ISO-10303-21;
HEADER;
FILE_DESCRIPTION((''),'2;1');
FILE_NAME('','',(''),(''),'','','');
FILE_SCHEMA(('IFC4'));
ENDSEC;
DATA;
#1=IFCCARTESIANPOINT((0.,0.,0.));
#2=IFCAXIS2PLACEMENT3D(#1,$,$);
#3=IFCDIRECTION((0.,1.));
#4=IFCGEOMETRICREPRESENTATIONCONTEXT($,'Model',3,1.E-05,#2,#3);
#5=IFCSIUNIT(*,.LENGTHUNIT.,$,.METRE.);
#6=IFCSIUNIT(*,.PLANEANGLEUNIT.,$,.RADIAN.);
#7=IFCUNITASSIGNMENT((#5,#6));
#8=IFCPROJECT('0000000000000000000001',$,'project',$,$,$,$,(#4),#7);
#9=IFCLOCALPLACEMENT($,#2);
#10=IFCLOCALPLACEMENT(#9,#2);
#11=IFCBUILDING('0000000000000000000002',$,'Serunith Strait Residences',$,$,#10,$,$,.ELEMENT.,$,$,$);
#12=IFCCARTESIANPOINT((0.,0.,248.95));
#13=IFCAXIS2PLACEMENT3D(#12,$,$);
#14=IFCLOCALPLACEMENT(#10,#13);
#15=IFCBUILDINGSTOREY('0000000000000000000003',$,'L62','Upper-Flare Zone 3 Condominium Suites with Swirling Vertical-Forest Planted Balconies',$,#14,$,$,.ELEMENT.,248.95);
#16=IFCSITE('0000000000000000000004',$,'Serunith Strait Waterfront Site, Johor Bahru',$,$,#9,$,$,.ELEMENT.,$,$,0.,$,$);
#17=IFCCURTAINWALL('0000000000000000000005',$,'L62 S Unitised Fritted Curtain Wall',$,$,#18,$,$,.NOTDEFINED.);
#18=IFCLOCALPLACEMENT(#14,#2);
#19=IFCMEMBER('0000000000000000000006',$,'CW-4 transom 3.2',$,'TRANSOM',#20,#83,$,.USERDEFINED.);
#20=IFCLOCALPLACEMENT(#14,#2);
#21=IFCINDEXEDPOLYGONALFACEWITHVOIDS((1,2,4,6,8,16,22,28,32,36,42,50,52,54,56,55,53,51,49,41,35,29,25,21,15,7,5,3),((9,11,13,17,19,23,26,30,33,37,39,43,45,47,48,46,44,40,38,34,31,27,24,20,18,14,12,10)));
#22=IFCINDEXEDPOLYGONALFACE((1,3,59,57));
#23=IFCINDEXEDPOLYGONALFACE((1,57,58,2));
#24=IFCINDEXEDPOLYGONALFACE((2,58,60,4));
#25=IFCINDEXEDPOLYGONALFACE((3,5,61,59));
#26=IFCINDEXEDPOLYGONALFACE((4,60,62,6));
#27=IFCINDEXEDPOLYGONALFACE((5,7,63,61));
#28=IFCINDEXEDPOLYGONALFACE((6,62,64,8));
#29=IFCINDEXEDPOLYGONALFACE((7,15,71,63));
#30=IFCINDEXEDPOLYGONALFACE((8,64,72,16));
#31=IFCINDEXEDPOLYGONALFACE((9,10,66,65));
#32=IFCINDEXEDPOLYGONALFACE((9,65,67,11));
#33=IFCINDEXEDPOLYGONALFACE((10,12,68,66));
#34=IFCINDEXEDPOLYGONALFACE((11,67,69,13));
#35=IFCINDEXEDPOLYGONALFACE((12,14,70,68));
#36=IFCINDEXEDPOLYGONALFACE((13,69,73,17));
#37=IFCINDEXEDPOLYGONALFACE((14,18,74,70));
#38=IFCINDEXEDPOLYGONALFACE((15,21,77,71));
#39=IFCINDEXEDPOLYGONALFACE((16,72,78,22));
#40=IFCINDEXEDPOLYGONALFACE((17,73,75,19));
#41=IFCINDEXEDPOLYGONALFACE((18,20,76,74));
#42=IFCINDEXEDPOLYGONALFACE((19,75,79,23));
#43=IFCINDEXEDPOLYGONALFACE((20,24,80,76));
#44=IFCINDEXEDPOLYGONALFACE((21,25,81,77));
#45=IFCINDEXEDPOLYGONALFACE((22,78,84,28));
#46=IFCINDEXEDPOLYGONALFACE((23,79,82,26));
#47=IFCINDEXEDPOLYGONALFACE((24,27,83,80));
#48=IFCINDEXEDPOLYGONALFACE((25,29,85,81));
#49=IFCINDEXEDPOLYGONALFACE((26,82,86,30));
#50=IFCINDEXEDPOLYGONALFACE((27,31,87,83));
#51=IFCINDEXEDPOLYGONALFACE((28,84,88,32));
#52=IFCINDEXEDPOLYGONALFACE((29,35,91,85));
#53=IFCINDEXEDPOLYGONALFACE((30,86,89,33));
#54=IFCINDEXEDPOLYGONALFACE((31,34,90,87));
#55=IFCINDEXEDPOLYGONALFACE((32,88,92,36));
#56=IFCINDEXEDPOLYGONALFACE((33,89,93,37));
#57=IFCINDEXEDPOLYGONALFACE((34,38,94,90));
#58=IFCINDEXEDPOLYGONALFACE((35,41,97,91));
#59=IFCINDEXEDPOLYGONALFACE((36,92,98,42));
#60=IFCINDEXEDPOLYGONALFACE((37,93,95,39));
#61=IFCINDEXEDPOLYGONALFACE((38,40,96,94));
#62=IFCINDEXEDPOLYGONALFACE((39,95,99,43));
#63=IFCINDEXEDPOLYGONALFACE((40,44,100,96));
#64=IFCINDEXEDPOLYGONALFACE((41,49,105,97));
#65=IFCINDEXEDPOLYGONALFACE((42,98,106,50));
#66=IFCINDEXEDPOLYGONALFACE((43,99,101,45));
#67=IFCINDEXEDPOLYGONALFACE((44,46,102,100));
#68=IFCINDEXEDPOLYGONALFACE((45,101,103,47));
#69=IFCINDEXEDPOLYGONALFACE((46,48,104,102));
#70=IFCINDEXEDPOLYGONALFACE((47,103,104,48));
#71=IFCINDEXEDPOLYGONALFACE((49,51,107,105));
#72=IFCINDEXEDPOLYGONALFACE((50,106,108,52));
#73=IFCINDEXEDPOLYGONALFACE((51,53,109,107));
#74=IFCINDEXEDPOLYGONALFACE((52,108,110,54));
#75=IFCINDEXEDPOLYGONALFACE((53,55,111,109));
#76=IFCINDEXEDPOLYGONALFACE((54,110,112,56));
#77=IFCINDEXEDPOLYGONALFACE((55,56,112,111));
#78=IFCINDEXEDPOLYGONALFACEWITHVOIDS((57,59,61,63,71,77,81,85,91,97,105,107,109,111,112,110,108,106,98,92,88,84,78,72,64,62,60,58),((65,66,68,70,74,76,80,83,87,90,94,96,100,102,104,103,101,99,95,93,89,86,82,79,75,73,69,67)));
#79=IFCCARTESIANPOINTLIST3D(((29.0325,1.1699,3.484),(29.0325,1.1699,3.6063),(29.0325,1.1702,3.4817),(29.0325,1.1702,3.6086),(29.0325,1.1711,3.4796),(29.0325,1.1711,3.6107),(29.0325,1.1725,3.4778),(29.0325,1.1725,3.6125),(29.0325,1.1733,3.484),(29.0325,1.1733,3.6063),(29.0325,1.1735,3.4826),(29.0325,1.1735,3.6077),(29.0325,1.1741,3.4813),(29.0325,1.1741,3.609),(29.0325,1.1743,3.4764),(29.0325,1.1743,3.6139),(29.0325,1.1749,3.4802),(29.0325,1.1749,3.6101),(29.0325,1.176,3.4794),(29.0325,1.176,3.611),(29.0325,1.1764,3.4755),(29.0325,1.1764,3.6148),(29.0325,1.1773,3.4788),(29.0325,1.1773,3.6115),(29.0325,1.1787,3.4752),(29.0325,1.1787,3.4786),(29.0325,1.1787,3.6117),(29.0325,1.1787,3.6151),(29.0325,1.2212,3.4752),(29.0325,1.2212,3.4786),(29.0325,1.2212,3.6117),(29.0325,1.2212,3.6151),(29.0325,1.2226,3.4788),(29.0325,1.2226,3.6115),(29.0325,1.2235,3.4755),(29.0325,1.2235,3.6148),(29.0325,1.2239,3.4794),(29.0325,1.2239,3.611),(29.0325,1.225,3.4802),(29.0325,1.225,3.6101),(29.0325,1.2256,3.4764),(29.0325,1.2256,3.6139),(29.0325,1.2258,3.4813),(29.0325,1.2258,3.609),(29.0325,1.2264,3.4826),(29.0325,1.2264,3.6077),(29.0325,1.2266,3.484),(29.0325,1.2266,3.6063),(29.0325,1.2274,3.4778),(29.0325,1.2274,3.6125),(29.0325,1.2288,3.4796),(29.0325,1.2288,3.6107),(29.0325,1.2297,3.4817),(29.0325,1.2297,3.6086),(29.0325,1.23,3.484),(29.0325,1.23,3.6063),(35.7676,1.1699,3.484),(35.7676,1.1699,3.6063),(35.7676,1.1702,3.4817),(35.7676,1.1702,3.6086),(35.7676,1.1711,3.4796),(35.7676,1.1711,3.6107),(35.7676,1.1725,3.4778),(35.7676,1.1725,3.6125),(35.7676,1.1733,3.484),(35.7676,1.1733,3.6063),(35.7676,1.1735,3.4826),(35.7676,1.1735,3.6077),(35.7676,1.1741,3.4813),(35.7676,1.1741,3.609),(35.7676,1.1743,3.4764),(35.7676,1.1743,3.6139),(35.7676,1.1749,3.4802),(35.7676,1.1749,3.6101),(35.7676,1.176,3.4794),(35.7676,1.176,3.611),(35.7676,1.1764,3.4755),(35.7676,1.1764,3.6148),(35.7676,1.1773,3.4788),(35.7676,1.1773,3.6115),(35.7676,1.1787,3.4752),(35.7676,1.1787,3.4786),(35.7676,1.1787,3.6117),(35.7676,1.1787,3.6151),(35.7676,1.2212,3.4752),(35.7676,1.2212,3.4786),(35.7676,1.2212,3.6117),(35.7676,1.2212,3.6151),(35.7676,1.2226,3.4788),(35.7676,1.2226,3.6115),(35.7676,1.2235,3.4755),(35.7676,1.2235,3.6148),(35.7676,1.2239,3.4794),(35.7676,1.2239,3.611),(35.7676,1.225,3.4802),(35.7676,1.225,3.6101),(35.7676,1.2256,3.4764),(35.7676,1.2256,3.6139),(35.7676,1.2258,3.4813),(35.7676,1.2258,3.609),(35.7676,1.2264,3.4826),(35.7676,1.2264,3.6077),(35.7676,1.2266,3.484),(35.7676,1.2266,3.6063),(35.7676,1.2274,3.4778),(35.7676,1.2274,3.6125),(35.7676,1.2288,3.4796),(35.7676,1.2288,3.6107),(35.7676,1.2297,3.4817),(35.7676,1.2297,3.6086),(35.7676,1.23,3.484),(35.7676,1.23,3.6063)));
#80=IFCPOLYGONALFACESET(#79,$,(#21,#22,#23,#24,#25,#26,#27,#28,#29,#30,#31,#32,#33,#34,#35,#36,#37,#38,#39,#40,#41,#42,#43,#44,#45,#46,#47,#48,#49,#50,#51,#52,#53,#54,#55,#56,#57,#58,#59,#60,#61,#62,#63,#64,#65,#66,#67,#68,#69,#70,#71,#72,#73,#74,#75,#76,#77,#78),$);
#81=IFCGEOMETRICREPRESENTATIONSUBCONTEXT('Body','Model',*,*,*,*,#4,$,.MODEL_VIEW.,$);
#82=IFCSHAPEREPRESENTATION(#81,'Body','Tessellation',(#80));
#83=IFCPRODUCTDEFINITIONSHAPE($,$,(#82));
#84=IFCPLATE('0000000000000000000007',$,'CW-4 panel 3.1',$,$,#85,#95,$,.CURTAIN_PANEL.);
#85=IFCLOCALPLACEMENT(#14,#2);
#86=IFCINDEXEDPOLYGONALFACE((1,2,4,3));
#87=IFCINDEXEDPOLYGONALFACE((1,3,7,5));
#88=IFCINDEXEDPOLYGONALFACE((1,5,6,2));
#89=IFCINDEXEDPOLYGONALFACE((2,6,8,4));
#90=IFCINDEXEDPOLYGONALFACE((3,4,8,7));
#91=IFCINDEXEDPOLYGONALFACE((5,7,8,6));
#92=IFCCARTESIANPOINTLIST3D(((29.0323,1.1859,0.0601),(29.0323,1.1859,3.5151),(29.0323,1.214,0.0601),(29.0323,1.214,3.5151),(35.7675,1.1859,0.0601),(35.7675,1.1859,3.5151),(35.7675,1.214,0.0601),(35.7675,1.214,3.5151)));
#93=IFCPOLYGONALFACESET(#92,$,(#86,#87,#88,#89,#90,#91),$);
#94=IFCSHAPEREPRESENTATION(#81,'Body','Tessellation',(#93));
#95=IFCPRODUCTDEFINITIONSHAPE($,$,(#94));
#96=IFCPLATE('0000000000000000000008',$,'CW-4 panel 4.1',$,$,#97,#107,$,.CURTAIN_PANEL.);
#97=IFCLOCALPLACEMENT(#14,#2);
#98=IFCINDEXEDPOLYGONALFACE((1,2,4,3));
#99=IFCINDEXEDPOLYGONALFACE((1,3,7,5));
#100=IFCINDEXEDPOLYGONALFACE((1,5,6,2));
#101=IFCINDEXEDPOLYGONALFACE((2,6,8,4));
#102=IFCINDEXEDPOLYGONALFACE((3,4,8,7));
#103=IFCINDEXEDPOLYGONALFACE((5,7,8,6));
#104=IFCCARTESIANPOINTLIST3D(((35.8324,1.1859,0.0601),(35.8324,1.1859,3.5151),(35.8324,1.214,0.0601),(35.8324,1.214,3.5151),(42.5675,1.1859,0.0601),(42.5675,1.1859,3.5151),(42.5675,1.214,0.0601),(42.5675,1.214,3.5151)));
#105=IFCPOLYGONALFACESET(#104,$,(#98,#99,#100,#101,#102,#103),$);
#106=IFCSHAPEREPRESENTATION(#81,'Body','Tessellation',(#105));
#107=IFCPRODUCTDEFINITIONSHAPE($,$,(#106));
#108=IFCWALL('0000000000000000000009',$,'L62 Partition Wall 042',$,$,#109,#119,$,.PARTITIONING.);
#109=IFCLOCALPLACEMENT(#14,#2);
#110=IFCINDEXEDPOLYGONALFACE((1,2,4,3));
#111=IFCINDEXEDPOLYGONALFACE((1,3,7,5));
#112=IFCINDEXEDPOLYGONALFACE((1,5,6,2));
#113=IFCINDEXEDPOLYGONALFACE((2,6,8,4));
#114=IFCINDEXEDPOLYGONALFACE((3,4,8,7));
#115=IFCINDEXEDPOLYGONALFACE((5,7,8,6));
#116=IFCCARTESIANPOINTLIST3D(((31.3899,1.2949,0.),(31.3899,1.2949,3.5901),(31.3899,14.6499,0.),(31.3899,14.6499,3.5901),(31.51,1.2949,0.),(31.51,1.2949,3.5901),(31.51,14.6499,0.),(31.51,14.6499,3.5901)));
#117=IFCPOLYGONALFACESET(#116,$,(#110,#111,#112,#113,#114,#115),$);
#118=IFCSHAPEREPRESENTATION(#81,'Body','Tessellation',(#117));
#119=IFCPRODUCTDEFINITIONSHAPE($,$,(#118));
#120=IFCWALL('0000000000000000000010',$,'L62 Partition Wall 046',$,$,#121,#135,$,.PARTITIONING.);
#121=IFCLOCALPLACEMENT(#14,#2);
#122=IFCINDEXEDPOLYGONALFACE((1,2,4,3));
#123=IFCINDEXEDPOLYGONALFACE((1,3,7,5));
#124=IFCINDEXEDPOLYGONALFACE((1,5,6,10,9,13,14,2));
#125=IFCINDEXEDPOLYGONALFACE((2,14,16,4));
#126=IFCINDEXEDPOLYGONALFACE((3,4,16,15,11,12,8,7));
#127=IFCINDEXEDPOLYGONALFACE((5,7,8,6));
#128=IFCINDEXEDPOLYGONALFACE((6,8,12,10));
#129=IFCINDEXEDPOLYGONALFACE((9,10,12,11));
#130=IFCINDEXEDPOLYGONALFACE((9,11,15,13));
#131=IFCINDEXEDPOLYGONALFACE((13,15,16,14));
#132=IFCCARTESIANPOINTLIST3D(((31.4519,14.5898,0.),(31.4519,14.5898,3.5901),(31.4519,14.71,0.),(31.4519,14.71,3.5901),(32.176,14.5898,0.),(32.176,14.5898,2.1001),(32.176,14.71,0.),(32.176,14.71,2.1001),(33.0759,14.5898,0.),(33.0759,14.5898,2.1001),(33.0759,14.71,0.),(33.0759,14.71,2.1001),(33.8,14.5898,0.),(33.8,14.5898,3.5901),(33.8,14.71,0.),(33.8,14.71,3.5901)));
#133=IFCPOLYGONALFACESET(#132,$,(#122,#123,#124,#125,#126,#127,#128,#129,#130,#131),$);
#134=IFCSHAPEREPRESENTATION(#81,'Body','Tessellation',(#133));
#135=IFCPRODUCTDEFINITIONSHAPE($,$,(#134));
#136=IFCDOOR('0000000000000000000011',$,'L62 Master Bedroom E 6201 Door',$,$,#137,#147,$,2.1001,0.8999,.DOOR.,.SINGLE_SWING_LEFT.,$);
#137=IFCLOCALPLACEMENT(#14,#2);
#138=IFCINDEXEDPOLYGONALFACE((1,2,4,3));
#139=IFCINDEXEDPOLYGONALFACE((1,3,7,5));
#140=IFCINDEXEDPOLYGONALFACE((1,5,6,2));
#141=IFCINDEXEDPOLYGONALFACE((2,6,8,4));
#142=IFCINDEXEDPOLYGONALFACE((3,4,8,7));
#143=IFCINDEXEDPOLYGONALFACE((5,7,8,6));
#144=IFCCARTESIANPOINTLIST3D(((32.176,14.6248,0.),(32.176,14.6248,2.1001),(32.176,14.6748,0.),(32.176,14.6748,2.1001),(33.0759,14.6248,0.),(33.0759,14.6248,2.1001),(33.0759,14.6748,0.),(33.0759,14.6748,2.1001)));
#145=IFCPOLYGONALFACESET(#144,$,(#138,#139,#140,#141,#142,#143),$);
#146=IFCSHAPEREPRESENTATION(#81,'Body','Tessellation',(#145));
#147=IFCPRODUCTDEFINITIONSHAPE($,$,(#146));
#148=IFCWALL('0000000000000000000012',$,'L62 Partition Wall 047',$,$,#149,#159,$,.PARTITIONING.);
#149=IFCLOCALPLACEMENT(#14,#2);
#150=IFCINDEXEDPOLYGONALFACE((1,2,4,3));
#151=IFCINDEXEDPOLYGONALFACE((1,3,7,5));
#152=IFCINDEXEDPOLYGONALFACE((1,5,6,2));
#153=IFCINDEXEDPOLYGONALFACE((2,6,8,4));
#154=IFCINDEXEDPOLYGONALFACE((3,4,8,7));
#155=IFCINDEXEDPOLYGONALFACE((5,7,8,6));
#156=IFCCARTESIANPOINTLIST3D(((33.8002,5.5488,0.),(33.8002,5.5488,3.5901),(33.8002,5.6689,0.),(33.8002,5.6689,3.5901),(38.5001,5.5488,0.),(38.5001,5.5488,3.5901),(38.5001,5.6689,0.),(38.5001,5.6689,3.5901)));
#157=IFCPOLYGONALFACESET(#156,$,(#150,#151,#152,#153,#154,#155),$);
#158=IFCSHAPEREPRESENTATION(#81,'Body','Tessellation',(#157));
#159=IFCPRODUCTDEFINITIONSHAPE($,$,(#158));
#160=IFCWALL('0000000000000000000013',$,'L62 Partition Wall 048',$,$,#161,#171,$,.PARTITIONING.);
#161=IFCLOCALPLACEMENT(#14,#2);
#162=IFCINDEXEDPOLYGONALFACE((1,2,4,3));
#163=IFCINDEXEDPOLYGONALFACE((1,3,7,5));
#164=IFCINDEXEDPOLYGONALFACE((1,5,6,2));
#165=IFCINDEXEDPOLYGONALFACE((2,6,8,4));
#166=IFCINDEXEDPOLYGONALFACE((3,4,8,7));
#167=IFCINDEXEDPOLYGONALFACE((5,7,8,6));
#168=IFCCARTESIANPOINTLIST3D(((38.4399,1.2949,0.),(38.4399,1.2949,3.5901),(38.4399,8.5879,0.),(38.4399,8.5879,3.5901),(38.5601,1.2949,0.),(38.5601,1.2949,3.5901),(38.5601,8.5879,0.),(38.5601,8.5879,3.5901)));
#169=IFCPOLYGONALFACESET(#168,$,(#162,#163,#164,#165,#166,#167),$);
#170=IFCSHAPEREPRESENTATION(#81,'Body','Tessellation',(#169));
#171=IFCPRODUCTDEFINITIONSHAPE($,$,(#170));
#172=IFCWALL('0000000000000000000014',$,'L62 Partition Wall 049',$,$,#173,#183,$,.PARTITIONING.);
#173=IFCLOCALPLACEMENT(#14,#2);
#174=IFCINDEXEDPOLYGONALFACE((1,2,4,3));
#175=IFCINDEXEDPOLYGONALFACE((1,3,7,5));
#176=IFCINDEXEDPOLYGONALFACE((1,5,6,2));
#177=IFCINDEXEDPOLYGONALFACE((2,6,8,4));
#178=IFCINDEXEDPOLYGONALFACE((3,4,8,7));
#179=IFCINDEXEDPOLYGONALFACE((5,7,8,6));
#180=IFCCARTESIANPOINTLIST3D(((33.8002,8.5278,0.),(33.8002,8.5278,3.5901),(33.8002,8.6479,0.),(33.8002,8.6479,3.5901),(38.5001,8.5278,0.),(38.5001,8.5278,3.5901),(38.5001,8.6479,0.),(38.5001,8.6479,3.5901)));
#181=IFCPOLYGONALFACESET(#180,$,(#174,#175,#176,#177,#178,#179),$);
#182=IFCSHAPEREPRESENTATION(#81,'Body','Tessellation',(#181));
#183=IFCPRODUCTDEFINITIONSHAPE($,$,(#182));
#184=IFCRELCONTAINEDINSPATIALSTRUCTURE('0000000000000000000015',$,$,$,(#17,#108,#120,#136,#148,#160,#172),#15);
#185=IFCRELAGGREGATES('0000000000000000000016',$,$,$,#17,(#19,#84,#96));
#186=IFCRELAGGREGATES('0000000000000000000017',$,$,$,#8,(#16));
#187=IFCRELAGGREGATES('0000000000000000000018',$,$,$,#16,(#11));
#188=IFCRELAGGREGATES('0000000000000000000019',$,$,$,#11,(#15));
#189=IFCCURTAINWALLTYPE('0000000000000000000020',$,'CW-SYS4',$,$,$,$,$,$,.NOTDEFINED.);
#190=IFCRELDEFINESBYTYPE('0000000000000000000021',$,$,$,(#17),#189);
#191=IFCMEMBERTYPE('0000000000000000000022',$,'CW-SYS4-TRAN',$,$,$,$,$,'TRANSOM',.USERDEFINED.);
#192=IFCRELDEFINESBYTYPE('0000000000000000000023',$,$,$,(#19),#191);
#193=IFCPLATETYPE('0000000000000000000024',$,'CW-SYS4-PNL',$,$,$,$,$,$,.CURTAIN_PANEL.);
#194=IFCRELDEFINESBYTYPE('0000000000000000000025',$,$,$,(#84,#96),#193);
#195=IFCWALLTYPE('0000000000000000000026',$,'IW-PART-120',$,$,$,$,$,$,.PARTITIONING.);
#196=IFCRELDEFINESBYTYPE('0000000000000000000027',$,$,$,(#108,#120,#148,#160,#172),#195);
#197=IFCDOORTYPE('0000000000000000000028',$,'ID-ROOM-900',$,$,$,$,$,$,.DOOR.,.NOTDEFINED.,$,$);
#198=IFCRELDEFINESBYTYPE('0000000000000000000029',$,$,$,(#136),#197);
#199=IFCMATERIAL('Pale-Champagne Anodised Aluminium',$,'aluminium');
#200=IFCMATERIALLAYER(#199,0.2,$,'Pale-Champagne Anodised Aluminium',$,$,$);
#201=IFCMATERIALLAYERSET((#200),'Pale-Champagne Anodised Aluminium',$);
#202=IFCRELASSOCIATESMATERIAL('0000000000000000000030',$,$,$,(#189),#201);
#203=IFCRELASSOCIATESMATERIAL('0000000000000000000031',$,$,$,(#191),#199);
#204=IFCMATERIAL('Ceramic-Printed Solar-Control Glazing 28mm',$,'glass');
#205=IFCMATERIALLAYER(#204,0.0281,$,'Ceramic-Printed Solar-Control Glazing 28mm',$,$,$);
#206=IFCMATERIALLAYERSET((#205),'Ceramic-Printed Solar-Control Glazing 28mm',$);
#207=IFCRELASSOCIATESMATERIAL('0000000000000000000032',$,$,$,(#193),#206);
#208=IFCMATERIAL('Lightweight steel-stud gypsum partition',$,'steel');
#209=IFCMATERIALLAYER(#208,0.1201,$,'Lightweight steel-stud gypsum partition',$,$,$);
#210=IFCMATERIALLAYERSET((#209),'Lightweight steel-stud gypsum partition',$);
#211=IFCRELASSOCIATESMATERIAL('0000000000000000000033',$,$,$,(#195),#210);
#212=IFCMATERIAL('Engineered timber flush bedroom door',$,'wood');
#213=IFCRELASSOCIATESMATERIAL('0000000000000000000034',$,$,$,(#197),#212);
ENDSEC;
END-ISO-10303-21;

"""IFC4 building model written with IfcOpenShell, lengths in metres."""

from ifc_helpers import new_model, si_unit, direction, frame, frame_2d, origin, origin_2d, place, context, subcontext, project, spatial, rectangle, hollow_rectangle, extrude, source, transform, mapped, material, layer, layer_set, material_profile, profile_set, type_object, element, fill, aggregate, save


model = new_model("IFC4")

# Units and contexts
model_context = context("Model", 3, precision=1e-05, world=origin(), true_north=direction((0.0, 1.0)))
body_context = subcontext(model_context, "Body", "Model", "MODEL_VIEW")
ifc_project = project(units=[si_unit("LENGTHUNIT", "METRE"), si_unit("PLANEANGLEUNIT", "RADIAN")], contexts=[model_context])

# Site, building, storey
site_placement = place(None, origin())
site = spatial("IfcSite", under=ifc_project, at=site_placement, Name="Serunith Strait Waterfront Site, Johor Bahru", CompositionType="ELEMENT", RefElevation=0.0)
building_placement = place(site_placement, origin())
building = spatial("IfcBuilding", under=site, at=building_placement, Name="Serunith Strait Residences", CompositionType="ELEMENT")
storey_placement = place(building_placement, frame((0.0, 0.0, 248.95)))
storey = spatial("IfcBuildingStorey", under=building, at=storey_placement, Name="L62", Description="Upper-Flare Zone 3 Condominium Suites with Swirling Vertical-Forest Planted Balconies", CompositionType="ELEMENT", Elevation=248.95)

# Curtain wall, member, plates
ifc_material_1 = material(Name="Pale-Champagne Anodised Aluminium", Category="aluminium")
ifc_layer_1 = layer(ifc_material_1, 0.2, Name="Pale-Champagne Anodised Aluminium")
ifc_layer_set_1 = layer_set([ifc_layer_1], Name="Pale-Champagne Anodised Aluminium")
curtain_wall_type = type_object("IfcCurtainWallType", Name="CW-SYS4", PredefinedType="NOTDEFINED", material=ifc_layer_set_1)
curtain_wall_placement = place(storey_placement, origin())
curtain_wall = element("IfcCurtainWall", 1, at=curtain_wall_placement, inside=storey, type_object=curtain_wall_type, Name="L62 S Unitised Fritted Curtain Wall", PredefinedType="NOTDEFINED")
ifc_material_profile_1 = material_profile(ifc_material_1, hollow_rectangle(XDim=0.0601, YDim=0.1399, WallThickness=0.0034, InnerFilletRadius=0.0054, OuterFilletRadius=0.0088, at=origin_2d()), Name="ALU 140x60x3.5")
ifc_profile_set_1 = profile_set([ifc_material_profile_1], Name="Pale-Champagne Anodised Aluminium")
member_type_1 = type_object("IfcMemberType", Name="CW-SYS4-TRAN", ElementType="TRANSOM", PredefinedType="USERDEFINED", material=ifc_profile_set_1)
shared_shape_1 = source(origin(), body_context, "Body", "SweptSolid", [
    extrude(hollow_rectangle(XDim=0.0601, YDim=0.1399, WallThickness=0.0034, InnerFilletRadius=0.0054, OuterFilletRadius=0.0088, at=origin_2d()), origin(), (0.0, 0.0, 1.0), 6.7351),
])
member_1_placement = place(storey_placement, frame((29.0325, 1.2, 3.5452), z_axis=(1.0, 0.0, 0.0), x_axis=(0.0, 1.0, 0.0)))
member_1 = element("IfcMember", 2, at=member_1_placement, type_object=member_type_1, Name="CW-4 transom 3.2", ObjectType="TRANSOM", PredefinedType="USERDEFINED", context=body_context, shape_type="MappedRepresentation", body=[
    mapped(shared_shape_1, transform((0.0, 0.0, 0.0), scale=1.0)),
])
ifc_material_2 = material(Name="Ceramic-Printed Solar-Control Glazing 28mm", Category="glass")
ifc_layer_2 = layer(ifc_material_2, 0.0281, Name="Ceramic-Printed Solar-Control Glazing 28mm")
ifc_layer_set_2 = layer_set([ifc_layer_2], Name="Ceramic-Printed Solar-Control Glazing 28mm")
plate_type = type_object("IfcPlateType", Name="CW-SYS4-PNL", PredefinedType="CURTAIN_PANEL", material=ifc_layer_set_2)
shared_shape_2 = source(origin(), body_context, "Body", "SweptSolid", [
    extrude(rectangle(XDim=6.7351, YDim=0.0281, at=origin_2d()), origin(), (0.0, 0.0, 1.0), 3.4551),
])
plate_1_placement = place(storey_placement, frame((32.3999, 1.2, 0.0601), z_axis=(0.0, 0.0, 1.0), x_axis=(1.0, 0.0, 0.0)))
plate_1 = element("IfcPlate", 3, at=plate_1_placement, type_object=plate_type, Name="CW-4 panel 3.1", PredefinedType="CURTAIN_PANEL", context=body_context, shape_type="MappedRepresentation", body=[
    mapped(shared_shape_2, transform((0.0, 0.0, 0.0), scale=1.0)),
])
plate_2_placement = place(storey_placement, frame((39.2, 1.2, 0.0601), z_axis=(0.0, 0.0, 1.0), x_axis=(1.0, 0.0, 0.0)))
plate_2 = element("IfcPlate", 4, at=plate_2_placement, type_object=plate_type, Name="CW-4 panel 4.1", PredefinedType="CURTAIN_PANEL", context=body_context, shape_type="MappedRepresentation", body=[
    mapped(shared_shape_2, transform((0.0, 0.0, 0.0), scale=1.0)),
])
aggregate(curtain_wall, [member_1, plate_1, plate_2])

# Wall
ifc_material_3 = material(Name="Lightweight steel-stud gypsum partition", Category="steel")
ifc_layer_3 = layer(ifc_material_3, 0.1201, Name="Lightweight steel-stud gypsum partition")
ifc_layer_set_3 = layer_set([ifc_layer_3], Name="Lightweight steel-stud gypsum partition")
wall_type_1 = type_object("IfcWallType", Name="IW-PART-120", PredefinedType="PARTITIONING", material=ifc_layer_set_3)
wall_1_placement = place(storey_placement, frame((31.45, 1.2949, 0.0), z_axis=(0.0, 0.0, 1.0), x_axis=(0.0, 1.0, 0.0)))
element("IfcWall", 5, at=wall_1_placement, inside=storey, type_object=wall_type_1, Name="L62 Partition Wall 042", PredefinedType="PARTITIONING", context=body_context, shape_type="SweptSolid", body=[
    extrude(rectangle(XDim=13.355, YDim=0.1201, at=frame_2d((6.6775, 0.0))), origin(), (0.0, 0.0, 1.0), 3.5901),
])

# Wall, opening, door
wall_2_placement = place(storey_placement, frame((31.4519, 14.6499, 0.0), z_axis=(0.0, 0.0, 1.0), x_axis=(1.0, 0.0, 0.0)))
wall_2 = element("IfcWall", 6, at=wall_2_placement, inside=storey, type_object=wall_type_1, Name="L62 Partition Wall 046", PredefinedType="PARTITIONING", context=body_context, shape_type="SweptSolid", body=[
    extrude(rectangle(XDim=2.3481, YDim=0.1201, at=frame_2d((1.1741, 0.0))), origin(), (0.0, 0.0, 1.0), 3.5901),
])
opening_1_placement = place(wall_2_placement, frame((0.7241, 0.0, 0.0)))
opening_1 = element("IfcOpeningElement", 7, at=opening_1_placement, cuts=wall_2, PredefinedType="OPENING", context=body_context, shape_type="SweptSolid", body=[
    extrude(rectangle(XDim=0.8999, YDim=2.1001, at=frame_2d((0.45, 1.05))), frame((0.0, 0.0701, 0.0), z_axis=(0.0, -1.0, 0.0), x_axis=(1.0, 0.0, 0.0)), (0.0, 0.0, 1.0), 0.1401),
])
ifc_material_4 = material(Name="Engineered timber flush bedroom door", Category="wood")
door_type_1 = type_object("IfcDoorType", Name="ID-ROOM-900", OperationType="NOTDEFINED", PredefinedType="DOOR", material=ifc_material_4)
shared_shape_3 = source(origin(), body_context, "Body", "SweptSolid", [
    extrude(rectangle(XDim=0.8999, YDim=2.1001, at=frame_2d((0.45, 1.05))), frame((0.0, 0.0249, 0.0), z_axis=(0.0, -1.0, 0.0), x_axis=(1.0, 0.0, 0.0)), (0.0, 0.0, 1.0), 0.05),
])
door_1_placement = place(opening_1_placement, origin())
door_1 = element("IfcDoor", 8, at=door_1_placement, inside=storey, type_object=door_type_1, Name="L62 Master Bedroom E 6201 Door", OperationType="SINGLE_SWING_LEFT", OverallHeight=2.1001, OverallWidth=0.8999, PredefinedType="DOOR", context=body_context, shape_type="MappedRepresentation", body=[
    mapped(shared_shape_3, transform((0.0, 0.0, 0.0), scale=1.0)),
])
fill(opening_1, door_1)

# Walls
wall_3_placement = place(storey_placement, frame((33.8, 5.6089, 0.0), z_axis=(0.0, 0.0, 1.0), x_axis=(1.0, 0.0, 0.0)))
element("IfcWall", 9, at=wall_3_placement, inside=storey, type_object=wall_type_1, Name="L62 Partition Wall 047", PredefinedType="PARTITIONING", context=body_context, shape_type="SweptSolid", body=[
    extrude(rectangle(XDim=4.7, YDim=0.1201, at=frame_2d((2.3501, 0.0))), origin(), (0.0, 0.0, 1.0), 3.5901),
])
wall_4_placement = place(storey_placement, frame((38.5, 1.2949, 0.0), z_axis=(0.0, 0.0, 1.0), x_axis=(0.0, 1.0, 0.0)))
element("IfcWall", 10, at=wall_4_placement, inside=storey, type_object=wall_type_1, Name="L62 Partition Wall 048", PredefinedType="PARTITIONING", context=body_context, shape_type="SweptSolid", body=[
    extrude(rectangle(XDim=7.293, YDim=0.1201, at=frame_2d((3.6465, 0.0))), origin(), (0.0, 0.0, 1.0), 3.5901),
])
wall_5_placement = place(storey_placement, frame((33.8, 8.5879, 0.0), z_axis=(0.0, 0.0, 1.0), x_axis=(1.0, 0.0, 0.0)))
element("IfcWall", 11, at=wall_5_placement, inside=storey, type_object=wall_type_1, Name="L62 Partition Wall 049", PredefinedType="PARTITIONING", context=body_context, shape_type="SweptSolid", body=[
    extrude(rectangle(XDim=4.7, YDim=0.1201, at=frame_2d((2.3501, 0.0))), origin(), (0.0, 0.0, 1.0), 3.5901),
])

save(model, "model.ifc")
